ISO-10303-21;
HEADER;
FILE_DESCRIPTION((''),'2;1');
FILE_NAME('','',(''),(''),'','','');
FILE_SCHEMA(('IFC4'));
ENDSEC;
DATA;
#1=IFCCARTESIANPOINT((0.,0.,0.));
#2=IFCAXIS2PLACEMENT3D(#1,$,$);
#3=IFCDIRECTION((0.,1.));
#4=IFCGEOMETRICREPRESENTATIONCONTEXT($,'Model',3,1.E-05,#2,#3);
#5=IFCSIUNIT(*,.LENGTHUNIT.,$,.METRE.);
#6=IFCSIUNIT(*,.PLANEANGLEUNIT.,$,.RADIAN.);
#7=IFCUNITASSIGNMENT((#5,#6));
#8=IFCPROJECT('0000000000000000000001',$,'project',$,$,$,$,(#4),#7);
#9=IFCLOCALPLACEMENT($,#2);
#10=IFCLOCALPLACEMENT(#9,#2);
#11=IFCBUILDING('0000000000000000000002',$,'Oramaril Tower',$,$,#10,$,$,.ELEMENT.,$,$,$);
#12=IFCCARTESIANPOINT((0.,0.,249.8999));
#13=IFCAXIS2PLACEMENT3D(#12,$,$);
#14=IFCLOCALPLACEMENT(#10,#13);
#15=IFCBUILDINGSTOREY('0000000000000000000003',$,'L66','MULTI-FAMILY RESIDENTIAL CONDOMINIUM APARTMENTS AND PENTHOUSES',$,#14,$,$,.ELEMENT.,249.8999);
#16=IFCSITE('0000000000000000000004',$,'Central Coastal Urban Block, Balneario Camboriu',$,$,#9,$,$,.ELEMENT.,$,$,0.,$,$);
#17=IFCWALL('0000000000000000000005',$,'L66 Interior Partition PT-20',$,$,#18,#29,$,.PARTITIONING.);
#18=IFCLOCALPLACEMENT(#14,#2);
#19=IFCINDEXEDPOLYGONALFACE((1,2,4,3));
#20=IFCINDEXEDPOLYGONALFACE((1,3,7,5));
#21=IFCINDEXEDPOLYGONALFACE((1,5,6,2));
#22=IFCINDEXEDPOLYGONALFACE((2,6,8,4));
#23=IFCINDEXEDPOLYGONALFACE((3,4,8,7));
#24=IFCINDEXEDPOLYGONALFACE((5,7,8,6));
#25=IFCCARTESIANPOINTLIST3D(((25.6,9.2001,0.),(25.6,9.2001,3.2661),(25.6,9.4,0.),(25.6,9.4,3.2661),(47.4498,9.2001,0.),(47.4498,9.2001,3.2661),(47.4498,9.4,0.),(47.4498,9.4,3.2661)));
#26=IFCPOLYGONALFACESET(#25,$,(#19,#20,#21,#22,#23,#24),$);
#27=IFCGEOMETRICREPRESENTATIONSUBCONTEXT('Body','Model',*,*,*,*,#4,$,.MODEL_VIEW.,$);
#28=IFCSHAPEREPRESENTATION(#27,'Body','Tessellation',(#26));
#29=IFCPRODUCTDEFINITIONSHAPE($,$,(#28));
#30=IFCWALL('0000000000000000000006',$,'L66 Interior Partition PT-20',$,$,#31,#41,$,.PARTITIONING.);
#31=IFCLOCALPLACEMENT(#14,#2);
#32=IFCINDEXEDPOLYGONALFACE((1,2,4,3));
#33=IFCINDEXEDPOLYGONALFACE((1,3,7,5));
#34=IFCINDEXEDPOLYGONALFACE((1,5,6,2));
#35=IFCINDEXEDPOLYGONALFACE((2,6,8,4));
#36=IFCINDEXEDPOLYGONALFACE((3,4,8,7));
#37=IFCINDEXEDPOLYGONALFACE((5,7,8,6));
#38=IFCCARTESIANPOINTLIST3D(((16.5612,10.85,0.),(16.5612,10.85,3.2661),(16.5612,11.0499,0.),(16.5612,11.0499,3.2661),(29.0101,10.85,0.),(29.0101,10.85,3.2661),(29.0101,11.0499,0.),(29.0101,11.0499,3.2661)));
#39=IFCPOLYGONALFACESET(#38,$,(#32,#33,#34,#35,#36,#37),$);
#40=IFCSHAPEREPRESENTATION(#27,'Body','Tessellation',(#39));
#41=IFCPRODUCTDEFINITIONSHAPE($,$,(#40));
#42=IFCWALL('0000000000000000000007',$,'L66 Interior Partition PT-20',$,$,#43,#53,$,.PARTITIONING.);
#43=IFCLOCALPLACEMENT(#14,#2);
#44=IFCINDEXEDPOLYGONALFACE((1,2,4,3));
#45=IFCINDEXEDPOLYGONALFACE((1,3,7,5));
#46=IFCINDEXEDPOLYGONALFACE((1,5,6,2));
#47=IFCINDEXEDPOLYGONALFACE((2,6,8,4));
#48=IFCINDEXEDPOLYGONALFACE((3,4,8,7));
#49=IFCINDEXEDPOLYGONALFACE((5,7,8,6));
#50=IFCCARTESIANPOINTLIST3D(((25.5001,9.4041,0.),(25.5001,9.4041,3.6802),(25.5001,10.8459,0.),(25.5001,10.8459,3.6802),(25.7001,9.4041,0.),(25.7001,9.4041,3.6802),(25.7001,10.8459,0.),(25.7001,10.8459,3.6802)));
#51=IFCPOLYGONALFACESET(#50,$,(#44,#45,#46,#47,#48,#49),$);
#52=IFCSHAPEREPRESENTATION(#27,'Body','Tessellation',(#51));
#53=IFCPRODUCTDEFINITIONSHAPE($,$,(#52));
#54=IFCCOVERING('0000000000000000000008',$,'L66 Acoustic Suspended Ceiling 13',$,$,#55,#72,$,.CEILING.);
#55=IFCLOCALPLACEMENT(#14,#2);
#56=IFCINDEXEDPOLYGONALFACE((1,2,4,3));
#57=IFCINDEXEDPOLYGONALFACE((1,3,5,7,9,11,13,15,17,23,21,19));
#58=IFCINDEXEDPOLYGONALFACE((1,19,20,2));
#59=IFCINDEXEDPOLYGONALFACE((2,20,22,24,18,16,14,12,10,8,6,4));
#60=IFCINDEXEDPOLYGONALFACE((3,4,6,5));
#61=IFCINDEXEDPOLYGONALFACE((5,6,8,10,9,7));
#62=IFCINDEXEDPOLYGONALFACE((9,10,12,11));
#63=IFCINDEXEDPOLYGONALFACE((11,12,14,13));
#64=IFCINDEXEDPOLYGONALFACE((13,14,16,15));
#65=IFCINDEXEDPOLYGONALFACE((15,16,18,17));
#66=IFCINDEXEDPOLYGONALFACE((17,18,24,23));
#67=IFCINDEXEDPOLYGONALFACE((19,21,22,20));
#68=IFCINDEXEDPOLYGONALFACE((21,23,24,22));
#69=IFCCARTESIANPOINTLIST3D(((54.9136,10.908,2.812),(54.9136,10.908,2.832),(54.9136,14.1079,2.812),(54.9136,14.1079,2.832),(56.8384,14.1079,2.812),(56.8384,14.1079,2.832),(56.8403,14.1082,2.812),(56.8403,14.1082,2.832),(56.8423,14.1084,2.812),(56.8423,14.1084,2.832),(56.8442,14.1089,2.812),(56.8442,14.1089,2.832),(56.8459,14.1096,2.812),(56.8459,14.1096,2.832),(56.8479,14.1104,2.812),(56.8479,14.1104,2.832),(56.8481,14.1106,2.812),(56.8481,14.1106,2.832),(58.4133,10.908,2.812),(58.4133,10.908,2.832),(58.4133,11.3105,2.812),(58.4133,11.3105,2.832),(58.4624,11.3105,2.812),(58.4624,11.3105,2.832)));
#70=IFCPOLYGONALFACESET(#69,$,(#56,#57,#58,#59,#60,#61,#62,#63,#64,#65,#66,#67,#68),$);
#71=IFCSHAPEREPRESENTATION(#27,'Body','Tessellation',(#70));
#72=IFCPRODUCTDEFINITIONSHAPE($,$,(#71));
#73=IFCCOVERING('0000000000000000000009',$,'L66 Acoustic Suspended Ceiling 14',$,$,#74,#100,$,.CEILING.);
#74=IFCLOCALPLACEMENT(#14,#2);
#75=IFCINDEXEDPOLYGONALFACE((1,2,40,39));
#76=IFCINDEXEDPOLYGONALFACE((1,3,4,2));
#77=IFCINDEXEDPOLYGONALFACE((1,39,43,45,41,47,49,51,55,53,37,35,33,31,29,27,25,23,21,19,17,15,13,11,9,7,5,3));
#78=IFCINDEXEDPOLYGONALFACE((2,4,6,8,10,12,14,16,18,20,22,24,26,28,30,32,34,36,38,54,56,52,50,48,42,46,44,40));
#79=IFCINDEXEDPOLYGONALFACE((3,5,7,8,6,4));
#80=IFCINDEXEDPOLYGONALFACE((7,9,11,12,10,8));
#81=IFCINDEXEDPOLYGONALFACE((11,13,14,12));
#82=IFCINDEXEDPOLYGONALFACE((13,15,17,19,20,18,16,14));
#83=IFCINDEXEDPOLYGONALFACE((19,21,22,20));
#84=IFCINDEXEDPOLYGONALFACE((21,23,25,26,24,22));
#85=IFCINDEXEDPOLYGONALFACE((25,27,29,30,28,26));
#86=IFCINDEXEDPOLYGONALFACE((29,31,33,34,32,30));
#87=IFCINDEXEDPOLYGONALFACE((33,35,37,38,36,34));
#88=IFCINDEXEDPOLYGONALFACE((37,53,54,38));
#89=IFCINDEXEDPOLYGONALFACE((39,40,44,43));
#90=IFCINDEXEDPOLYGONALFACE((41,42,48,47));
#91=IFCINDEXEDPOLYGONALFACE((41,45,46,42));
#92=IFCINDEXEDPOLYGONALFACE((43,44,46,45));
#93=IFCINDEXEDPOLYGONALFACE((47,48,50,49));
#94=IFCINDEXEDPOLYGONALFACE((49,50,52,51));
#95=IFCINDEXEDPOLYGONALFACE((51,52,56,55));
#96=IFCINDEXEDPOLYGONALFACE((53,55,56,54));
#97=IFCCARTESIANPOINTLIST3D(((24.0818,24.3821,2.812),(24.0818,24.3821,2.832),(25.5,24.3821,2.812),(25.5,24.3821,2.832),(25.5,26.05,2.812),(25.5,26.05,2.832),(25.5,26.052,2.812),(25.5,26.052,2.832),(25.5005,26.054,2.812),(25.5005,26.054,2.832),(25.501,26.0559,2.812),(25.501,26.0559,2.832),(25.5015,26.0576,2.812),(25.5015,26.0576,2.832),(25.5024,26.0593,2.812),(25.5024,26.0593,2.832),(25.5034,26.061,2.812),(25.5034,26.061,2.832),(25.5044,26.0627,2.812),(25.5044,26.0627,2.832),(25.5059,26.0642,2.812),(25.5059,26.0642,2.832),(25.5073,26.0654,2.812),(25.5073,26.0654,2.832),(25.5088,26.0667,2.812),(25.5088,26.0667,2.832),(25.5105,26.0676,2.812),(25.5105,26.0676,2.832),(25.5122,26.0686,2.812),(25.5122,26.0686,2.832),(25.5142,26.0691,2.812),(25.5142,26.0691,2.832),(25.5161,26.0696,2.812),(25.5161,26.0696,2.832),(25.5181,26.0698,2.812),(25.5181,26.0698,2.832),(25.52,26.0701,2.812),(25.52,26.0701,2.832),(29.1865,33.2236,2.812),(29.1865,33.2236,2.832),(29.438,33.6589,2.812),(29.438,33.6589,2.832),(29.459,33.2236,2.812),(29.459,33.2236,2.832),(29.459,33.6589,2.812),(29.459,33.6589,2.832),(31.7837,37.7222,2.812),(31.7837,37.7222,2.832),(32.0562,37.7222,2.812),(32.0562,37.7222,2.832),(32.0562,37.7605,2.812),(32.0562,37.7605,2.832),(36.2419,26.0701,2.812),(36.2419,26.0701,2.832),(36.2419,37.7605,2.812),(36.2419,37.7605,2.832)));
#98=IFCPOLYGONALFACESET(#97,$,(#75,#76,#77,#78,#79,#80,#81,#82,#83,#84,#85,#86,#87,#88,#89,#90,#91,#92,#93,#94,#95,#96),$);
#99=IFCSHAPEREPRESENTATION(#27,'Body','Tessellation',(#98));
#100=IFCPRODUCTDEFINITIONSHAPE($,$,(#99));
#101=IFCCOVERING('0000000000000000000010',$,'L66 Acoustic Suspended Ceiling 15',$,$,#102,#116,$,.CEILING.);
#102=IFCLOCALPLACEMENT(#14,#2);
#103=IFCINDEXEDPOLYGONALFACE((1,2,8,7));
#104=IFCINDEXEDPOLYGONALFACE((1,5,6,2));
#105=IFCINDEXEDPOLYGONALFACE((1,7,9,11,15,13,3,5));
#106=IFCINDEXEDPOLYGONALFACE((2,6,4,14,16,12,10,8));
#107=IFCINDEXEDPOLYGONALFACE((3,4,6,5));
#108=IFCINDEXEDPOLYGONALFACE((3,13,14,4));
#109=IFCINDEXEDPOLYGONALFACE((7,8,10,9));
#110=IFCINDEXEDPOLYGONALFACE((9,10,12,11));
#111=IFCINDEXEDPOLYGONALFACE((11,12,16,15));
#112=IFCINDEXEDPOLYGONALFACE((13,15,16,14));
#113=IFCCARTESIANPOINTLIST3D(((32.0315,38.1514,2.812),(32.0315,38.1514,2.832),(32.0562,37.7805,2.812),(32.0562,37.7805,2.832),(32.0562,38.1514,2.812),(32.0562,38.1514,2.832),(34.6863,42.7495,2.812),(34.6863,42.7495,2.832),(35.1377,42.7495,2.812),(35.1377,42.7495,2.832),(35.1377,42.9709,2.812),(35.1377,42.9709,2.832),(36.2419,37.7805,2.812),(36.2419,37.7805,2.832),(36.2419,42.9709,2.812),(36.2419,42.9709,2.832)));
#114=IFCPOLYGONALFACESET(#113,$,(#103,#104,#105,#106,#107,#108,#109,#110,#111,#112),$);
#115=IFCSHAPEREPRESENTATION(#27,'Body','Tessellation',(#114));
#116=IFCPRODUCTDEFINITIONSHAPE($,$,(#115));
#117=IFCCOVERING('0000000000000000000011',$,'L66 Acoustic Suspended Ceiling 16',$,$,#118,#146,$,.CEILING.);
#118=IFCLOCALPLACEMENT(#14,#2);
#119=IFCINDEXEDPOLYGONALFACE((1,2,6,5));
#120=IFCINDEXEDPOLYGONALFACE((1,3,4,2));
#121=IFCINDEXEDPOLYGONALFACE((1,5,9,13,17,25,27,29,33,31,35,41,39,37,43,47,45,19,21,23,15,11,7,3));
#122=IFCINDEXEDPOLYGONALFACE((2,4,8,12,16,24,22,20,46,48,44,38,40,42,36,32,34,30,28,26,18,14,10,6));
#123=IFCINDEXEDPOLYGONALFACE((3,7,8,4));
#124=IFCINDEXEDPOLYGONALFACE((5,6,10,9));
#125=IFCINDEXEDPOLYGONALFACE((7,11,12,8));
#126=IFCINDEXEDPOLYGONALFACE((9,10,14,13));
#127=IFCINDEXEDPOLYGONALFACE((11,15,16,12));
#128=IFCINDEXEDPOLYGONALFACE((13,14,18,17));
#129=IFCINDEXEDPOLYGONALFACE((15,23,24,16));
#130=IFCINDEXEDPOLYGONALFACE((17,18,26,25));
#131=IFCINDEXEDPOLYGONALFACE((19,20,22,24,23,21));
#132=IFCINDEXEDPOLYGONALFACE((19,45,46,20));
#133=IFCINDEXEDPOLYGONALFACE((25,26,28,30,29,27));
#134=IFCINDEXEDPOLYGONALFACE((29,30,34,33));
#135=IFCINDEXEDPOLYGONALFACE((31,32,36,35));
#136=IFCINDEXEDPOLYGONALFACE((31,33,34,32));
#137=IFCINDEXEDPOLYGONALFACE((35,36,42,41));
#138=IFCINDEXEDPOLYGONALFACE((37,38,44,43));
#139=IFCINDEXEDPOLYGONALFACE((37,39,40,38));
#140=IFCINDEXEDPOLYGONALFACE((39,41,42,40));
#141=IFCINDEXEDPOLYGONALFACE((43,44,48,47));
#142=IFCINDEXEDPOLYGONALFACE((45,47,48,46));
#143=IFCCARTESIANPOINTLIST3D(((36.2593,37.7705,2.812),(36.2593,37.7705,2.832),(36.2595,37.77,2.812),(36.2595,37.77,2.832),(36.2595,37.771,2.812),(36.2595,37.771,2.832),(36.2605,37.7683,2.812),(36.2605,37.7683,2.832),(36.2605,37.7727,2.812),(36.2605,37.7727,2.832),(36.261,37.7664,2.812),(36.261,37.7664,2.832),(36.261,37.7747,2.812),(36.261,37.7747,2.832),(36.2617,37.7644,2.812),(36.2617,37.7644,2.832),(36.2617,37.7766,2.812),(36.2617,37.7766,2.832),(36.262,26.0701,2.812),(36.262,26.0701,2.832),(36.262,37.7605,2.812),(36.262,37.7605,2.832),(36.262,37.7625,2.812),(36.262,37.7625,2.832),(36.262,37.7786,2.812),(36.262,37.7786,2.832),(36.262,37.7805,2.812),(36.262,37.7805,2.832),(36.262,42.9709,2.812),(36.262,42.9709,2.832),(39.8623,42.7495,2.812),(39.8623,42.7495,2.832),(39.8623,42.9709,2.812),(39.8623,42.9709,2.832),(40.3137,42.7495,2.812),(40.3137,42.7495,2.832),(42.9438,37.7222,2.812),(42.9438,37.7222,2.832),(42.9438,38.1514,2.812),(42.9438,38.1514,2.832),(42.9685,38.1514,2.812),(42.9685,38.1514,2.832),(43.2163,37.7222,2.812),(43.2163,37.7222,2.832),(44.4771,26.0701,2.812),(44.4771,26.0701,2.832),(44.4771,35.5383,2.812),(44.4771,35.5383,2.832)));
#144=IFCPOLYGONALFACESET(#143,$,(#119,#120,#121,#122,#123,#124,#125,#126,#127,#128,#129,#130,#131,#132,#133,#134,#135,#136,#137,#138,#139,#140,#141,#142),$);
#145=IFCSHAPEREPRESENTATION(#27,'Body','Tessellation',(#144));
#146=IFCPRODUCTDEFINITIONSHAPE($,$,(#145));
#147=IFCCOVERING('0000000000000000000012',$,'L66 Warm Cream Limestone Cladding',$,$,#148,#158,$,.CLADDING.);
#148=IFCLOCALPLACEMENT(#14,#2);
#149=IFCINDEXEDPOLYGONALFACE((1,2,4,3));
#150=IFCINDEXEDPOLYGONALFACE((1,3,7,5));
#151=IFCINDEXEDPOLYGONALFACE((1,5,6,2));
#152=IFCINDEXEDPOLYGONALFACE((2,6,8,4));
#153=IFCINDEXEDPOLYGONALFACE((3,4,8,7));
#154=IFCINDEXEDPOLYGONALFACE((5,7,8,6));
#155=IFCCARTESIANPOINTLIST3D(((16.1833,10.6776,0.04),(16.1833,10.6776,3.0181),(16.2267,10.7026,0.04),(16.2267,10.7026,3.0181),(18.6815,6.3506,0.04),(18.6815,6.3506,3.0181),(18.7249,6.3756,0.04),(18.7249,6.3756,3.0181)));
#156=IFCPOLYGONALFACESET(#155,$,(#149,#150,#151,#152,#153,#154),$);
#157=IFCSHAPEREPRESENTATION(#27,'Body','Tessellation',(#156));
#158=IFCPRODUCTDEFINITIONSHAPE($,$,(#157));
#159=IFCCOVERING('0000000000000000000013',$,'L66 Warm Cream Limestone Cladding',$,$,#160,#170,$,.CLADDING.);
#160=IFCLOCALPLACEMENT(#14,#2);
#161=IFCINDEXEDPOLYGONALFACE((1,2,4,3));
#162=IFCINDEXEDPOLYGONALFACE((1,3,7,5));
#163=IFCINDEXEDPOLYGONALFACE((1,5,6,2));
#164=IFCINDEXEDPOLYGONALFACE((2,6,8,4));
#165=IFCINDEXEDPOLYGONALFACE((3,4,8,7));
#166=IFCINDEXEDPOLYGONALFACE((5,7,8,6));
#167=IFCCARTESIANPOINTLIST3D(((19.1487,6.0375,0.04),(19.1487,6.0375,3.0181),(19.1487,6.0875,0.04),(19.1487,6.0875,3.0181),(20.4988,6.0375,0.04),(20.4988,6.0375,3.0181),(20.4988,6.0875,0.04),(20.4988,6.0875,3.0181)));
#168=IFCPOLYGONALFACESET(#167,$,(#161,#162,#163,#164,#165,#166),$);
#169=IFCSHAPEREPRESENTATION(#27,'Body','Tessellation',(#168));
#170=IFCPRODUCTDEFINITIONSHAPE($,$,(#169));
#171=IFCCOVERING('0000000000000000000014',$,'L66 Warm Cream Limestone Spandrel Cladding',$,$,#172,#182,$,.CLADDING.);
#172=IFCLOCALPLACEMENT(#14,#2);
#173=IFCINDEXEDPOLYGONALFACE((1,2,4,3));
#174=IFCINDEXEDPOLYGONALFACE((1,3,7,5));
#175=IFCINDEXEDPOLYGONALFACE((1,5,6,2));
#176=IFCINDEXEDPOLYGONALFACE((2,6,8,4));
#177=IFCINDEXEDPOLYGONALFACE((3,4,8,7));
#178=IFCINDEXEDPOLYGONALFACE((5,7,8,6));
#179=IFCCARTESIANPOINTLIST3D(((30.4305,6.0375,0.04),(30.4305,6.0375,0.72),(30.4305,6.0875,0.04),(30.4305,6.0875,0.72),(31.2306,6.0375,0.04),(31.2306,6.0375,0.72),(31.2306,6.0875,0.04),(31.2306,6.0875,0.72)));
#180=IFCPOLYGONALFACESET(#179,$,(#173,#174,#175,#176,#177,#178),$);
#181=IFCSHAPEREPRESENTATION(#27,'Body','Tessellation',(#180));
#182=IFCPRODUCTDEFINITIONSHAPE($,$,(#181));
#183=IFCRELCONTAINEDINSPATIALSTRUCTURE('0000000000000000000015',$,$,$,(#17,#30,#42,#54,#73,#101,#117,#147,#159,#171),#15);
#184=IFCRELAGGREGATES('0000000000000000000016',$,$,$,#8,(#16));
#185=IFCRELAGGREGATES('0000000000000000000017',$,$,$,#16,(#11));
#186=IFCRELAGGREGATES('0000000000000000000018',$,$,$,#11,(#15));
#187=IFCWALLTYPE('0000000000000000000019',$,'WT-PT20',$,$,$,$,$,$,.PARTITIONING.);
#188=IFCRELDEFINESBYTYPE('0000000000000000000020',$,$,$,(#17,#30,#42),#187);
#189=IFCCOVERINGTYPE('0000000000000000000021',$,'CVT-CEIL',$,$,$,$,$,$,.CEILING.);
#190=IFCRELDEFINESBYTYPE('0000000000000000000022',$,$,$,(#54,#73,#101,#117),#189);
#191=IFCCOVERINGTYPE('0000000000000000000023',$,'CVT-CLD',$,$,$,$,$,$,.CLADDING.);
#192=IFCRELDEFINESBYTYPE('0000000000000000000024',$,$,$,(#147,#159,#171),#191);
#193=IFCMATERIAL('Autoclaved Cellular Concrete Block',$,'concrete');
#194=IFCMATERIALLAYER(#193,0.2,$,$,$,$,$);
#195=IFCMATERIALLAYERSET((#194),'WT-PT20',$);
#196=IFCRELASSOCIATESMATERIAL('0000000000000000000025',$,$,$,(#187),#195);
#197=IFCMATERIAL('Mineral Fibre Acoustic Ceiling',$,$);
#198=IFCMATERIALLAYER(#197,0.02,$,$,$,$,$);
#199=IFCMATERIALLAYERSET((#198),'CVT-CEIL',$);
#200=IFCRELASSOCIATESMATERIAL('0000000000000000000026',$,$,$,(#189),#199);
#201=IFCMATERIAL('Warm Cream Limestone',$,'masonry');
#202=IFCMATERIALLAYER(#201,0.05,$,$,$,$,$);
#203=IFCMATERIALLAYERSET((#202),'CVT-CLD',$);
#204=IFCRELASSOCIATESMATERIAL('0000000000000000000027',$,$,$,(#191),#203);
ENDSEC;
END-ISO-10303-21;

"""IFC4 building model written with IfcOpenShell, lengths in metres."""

from ifc_helpers import new_model, si_unit, direction, frame, frame_2d, origin, origin_2d, place, context, subcontext, project, spatial, polyline, rectangle, outline, extrude, material, layer, layer_set, type_object, element, save


model = new_model("IFC4")

# Units and contexts
model_context = context("Model", 3, precision=1e-05, world=origin(), true_north=direction((0.0, 1.0)))
body_context = subcontext(model_context, "Body", "Model", "MODEL_VIEW")
ifc_project = project(units=[si_unit("LENGTHUNIT", "METRE"), si_unit("PLANEANGLEUNIT", "RADIAN")], contexts=[model_context])

# Site, building, storey
site_placement = place(None, origin())
site = spatial("IfcSite", under=ifc_project, at=site_placement, Name="Central Coastal Urban Block, Balneario Camboriu", CompositionType="ELEMENT", RefElevation=0.0)
building_placement = place(site_placement, origin())
building = spatial("IfcBuilding", under=site, at=building_placement, Name="Oramaril Tower", CompositionType="ELEMENT")
storey_placement = place(building_placement, frame((0.0, 0.0, 249.8999)))
storey = spatial("IfcBuildingStorey", under=building, at=storey_placement, Name="L66", Description="MULTI-FAMILY RESIDENTIAL CONDOMINIUM APARTMENTS AND PENTHOUSES", CompositionType="ELEMENT", Elevation=249.8999)

# Walls
ifc_material_1 = material(Name="Autoclaved Cellular Concrete Block", Category="concrete")
ifc_layer_1 = layer(ifc_material_1, 0.2)
ifc_layer_set_1 = layer_set([ifc_layer_1], Name="WT-PT20")
wall_type_1 = type_object("IfcWallType", Name="WT-PT20", PredefinedType="PARTITIONING", material=ifc_layer_set_1)
wall_1_placement = place(storey_placement, frame((25.6001, 9.3, 0.0), z_axis=(0.0, 0.0, 1.0), x_axis=(1.0, 0.0, 0.0)))
element("IfcWall", 1, at=wall_1_placement, inside=storey, type_object=wall_type_1, Name="L66 Interior Partition PT-20", PredefinedType="PARTITIONING", context=body_context, shape_type="SweptSolid", body=[
    extrude(rectangle(XDim=21.8499, YDim=0.2, at=frame_2d((10.9248, 0.0))), origin(), (0.0, 0.0, 1.0), 3.2661),
])
wall_2_placement = place(storey_placement, frame((16.561, 10.95, 0.0), z_axis=(0.0, 0.0, 1.0), x_axis=(1.0, 0.0, 0.0)))
element("IfcWall", 2, at=wall_2_placement, inside=storey, type_object=wall_type_1, Name="L66 Interior Partition PT-20", PredefinedType="PARTITIONING", context=body_context, shape_type="SweptSolid", body=[
    extrude(rectangle(XDim=12.449, YDim=0.2, at=frame_2d((6.2246, 0.0))), origin(), (0.0, 0.0, 1.0), 3.2661),
])
wall_3_placement = place(storey_placement, frame((25.6001, 9.4041, 0.0), z_axis=(0.0, 0.0, 1.0), x_axis=(0.0, 1.0, 0.0)))
element("IfcWall", 3, at=wall_3_placement, inside=storey, type_object=wall_type_1, Name="L66 Interior Partition PT-20", PredefinedType="PARTITIONING", context=body_context, shape_type="SweptSolid", body=[
    extrude(rectangle(XDim=1.4419, YDim=0.2, at=frame_2d((0.7209, 0.0))), origin(), (0.0, 0.0, 1.0), 3.6802),
])

# Coverings
ifc_material_2 = material(Name="Mineral Fibre Acoustic Ceiling")
ifc_layer_2 = layer(ifc_material_2, 0.02)
ifc_layer_set_2 = layer_set([ifc_layer_2], Name="CVT-CEIL")
covering_type_1 = type_object("IfcCoveringType", Name="CVT-CEIL", PredefinedType="CEILING", material=ifc_layer_set_2)
covering_1_placement = place(storey_placement, frame((0.0, 0.0, 2.812)))
element("IfcCovering", 4, at=covering_1_placement, inside=storey, type_object=covering_type_1, Name="L66 Acoustic Suspended Ceiling 13", PredefinedType="CEILING", context=body_context, shape_type="SweptSolid", body=[
    extrude(outline(polyline([(58.4133, 11.3105), (58.4133, 10.908), (54.9136, 10.908), (54.9136, 14.1079), (56.8384, 14.1079), (56.8403, 14.1082), (56.8423, 14.1084), (56.8442, 14.1089), (56.8459, 14.1096), (56.8479, 14.1104), (56.8481, 14.1106), (58.4624, 11.3105), (58.4133, 11.3105)])), origin(), (0.0, 0.0, 1.0), 0.02),
])
covering_2_placement = place(storey_placement, frame((0.0, 0.0, 2.812)))
element("IfcCovering", 5, at=covering_2_placement, inside=storey, type_object=covering_type_1, Name="L66 Acoustic Suspended Ceiling 14", PredefinedType="CEILING", context=body_context, shape_type="SweptSolid", body=[
    extrude(outline(polyline([(29.1865, 33.2236), (29.459, 33.2236), (29.459, 33.6589), (29.438, 33.6589), (31.7837, 37.7222), (32.0562, 37.7222), (32.0562, 37.7605), (36.2419, 37.7605), (36.2419, 26.0701), (25.52, 26.0701), (25.5181, 26.0698), (25.5161, 26.0696), (25.5142, 26.0691), (25.5122, 26.0686), (25.5105, 26.0676), (25.5088, 26.0667), (25.5073, 26.0654), (25.5059, 26.0642), (25.5044, 26.0627), (25.5034, 26.061), (25.5024, 26.0593), (25.5015, 26.0576), (25.501, 26.0559), (25.5005, 26.054), (25.5, 26.052), (25.5, 26.05), (25.5, 24.3821), (24.0818, 24.3821), (29.1865, 33.2236)])), origin(), (0.0, 0.0, 1.0), 0.02),
])
covering_3_placement = place(storey_placement, frame((0.0, 0.0, 2.812)))
element("IfcCovering", 6, at=covering_3_placement, inside=storey, type_object=covering_type_1, Name="L66 Acoustic Suspended Ceiling 15", PredefinedType="CEILING", context=body_context, shape_type="SweptSolid", body=[
    extrude(outline(polyline([(32.0562, 38.1514), (32.0315, 38.1514), (34.6863, 42.7495), (35.1377, 42.7495), (35.1377, 42.9709), (36.2419, 42.9709), (36.2419, 37.7805), (32.0562, 37.7805), (32.0562, 38.1514)])), origin(), (0.0, 0.0, 1.0), 0.02),
])
covering_4_placement = place(storey_placement, frame((0.0, 0.0, 2.812)))
element("IfcCovering", 7, at=covering_4_placement, inside=storey, type_object=covering_type_1, Name="L66 Acoustic Suspended Ceiling 16", PredefinedType="CEILING", context=body_context, shape_type="SweptSolid", body=[
    extrude(outline(polyline([(39.8623, 42.9709), (39.8623, 42.7495), (40.3137, 42.7495), (42.9685, 38.1514), (42.9438, 38.1514), (42.9438, 37.7222), (43.2163, 37.7222), (44.4771, 35.5383), (44.4771, 26.0701), (36.262, 26.0701), (36.262, 37.7605), (36.262, 37.7625), (36.2617, 37.7644), (36.261, 37.7664), (36.2605, 37.7683), (36.2595, 37.77), (36.2593, 37.7705), (36.2595, 37.771), (36.2605, 37.7727), (36.261, 37.7747), (36.2617, 37.7766), (36.262, 37.7786), (36.262, 37.7805), (36.262, 42.9709), (39.8623, 42.9709)])), origin(), (0.0, 0.0, 1.0), 0.02),
])
ifc_material_3 = material(Name="Warm Cream Limestone", Category="masonry")
ifc_layer_3 = layer(ifc_material_3, 0.05)
ifc_layer_set_3 = layer_set([ifc_layer_3], Name="CVT-CLD")
covering_type_2 = type_object("IfcCoveringType", Name="CVT-CLD", PredefinedType="CLADDING", material=ifc_layer_set_3)
covering_5_placement = place(storey_placement, frame((17.4541, 8.5266, 0.04), z_axis=(0.0, 0.0, 1.0), x_axis=(0.500002, -0.866025, 0.0)))
element("IfcCovering", 8, at=covering_5_placement, inside=storey, type_object=covering_type_2, Name="L66 Warm Cream Limestone Cladding", PredefinedType="CLADDING", context=body_context, shape_type="SweptSolid", body=[
    extrude(rectangle(XDim=4.9963, YDim=0.05, at=origin_2d()), origin(), (0.0, 0.0, 1.0), 2.978),
])
covering_6_placement = place(storey_placement, frame((19.8237, 6.0625, 0.04), z_axis=(0.0, 0.0, 1.0), x_axis=(1.0, 0.0, 0.0)))
element("IfcCovering", 9, at=covering_6_placement, inside=storey, type_object=covering_type_2, Name="L66 Warm Cream Limestone Cladding", PredefinedType="CLADDING", context=body_context, shape_type="SweptSolid", body=[
    extrude(rectangle(XDim=1.3501, YDim=0.05, at=origin_2d()), origin(), (0.0, 0.0, 1.0), 2.978),
])
covering_7_placement = place(storey_placement, frame((30.8306, 6.0625, 0.04), z_axis=(0.0, 0.0, 1.0), x_axis=(1.0, 0.0, 0.0)))
element("IfcCovering", 10, at=covering_7_placement, inside=storey, type_object=covering_type_2, Name="L66 Warm Cream Limestone Spandrel Cladding", PredefinedType="CLADDING", context=body_context, shape_type="SweptSolid", body=[
    extrude(rectangle(XDim=0.8, YDim=0.05, at=origin_2d()), origin(), (0.0, 0.0, 1.0), 0.6799),
])

save(model, "model.ifc")
